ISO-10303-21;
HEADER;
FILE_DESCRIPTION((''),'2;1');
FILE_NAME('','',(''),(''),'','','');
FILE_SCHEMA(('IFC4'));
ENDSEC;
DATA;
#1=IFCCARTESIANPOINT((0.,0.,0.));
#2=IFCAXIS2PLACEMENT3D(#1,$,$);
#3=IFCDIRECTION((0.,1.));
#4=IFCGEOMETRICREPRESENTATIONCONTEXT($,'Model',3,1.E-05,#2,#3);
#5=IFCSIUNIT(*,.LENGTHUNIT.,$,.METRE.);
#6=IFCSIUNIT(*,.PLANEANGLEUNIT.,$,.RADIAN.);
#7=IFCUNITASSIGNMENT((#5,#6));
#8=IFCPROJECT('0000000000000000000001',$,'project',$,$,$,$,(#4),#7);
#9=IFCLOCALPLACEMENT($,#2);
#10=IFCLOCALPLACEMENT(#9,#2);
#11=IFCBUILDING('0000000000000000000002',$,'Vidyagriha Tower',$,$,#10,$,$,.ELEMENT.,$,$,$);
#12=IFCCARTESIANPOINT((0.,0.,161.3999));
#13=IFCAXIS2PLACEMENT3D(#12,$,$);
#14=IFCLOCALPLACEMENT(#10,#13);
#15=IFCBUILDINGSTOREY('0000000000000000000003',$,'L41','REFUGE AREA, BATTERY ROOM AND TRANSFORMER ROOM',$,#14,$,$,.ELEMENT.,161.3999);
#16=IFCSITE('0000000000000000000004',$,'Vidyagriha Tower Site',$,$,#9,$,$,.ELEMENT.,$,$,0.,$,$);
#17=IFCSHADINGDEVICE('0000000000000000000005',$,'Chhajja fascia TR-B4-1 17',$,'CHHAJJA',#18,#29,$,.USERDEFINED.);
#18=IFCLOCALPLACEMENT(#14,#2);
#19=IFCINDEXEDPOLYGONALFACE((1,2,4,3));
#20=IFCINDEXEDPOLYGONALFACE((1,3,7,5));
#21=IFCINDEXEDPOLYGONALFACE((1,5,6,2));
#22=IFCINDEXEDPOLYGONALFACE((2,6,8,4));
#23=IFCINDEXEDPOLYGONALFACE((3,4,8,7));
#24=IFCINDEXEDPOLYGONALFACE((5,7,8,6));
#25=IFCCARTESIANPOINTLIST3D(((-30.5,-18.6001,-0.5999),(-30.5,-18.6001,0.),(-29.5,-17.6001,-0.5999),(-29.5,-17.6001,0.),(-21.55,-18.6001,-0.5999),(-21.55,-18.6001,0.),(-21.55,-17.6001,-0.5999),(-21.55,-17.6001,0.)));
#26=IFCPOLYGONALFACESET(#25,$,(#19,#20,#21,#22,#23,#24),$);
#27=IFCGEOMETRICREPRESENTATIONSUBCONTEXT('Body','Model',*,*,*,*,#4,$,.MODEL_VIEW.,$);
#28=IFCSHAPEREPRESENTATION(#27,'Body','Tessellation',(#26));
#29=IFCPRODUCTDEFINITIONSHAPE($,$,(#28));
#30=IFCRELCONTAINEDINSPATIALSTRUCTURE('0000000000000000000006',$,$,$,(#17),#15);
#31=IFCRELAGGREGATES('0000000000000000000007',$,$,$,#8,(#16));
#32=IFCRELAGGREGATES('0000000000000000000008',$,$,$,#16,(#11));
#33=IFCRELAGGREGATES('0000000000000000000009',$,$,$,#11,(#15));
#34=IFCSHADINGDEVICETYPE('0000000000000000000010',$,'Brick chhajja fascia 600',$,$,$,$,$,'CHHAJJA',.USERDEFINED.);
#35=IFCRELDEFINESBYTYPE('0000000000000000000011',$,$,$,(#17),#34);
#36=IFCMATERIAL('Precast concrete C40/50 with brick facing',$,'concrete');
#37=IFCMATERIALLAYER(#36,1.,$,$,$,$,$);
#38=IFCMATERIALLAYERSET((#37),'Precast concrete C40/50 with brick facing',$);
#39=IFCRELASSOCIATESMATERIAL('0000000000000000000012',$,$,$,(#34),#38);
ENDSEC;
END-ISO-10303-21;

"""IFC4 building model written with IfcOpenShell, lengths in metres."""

from ifc_helpers import new_model, si_unit, direction, frame, origin, place, context, subcontext, project, spatial, polyline, outline, extrude, material, layer, layer_set, type_object, element, save


model = new_model("IFC4")

# Units and contexts
model_context = context("Model", 3, precision=1e-05, world=origin(), true_north=direction((0.0, 1.0)))
body_context = subcontext(model_context, "Body", "Model", "MODEL_VIEW")
ifc_project = project(units=[si_unit("LENGTHUNIT", "METRE"), si_unit("PLANEANGLEUNIT", "RADIAN")], contexts=[model_context])

# Site, building, storey
site_placement = place(None, origin())
site = spatial("IfcSite", under=ifc_project, at=site_placement, Name="Vidyagriha Tower Site", CompositionType="ELEMENT", RefElevation=0.0)
building_placement = place(site_placement, origin())
building = spatial("IfcBuilding", under=site, at=building_placement, Name="Vidyagriha Tower", CompositionType="ELEMENT")
storey_placement = place(building_placement, frame((0.0, 0.0, 161.3999)))
storey = spatial("IfcBuildingStorey", under=building, at=storey_placement, Name="L41", Description="REFUGE AREA, BATTERY ROOM AND TRANSFORMER ROOM", CompositionType="ELEMENT", Elevation=161.3999)

# Shading device
ifc_material_1 = material(Name="Precast concrete C40/50 with brick facing", Category="concrete")
ifc_layer_1 = layer(ifc_material_1, 1.0)
ifc_layer_set_1 = layer_set([ifc_layer_1], Name="Precast concrete C40/50 with brick facing")
shading_device_type = type_object("IfcShadingDeviceType", Name="Brick chhajja fascia 600", ElementType="CHHAJJA", PredefinedType="USERDEFINED", material=ifc_layer_set_1)
shading_device_1_placement = place(storey_placement, frame((0.0, 0.0, -0.5999)))
element("IfcShadingDevice", 1, at=shading_device_1_placement, inside=storey, type_object=shading_device_type, Name="Chhajja fascia TR-B4-1 17", ObjectType="CHHAJJA", PredefinedType="USERDEFINED", context=body_context, shape_type="SweptSolid", body=[
    extrude(outline(polyline([(-29.5, -17.6001), (-30.5, -18.6001), (-21.55, -18.6001), (-21.55, -17.6001), (-29.5, -17.6001)])), origin(), (0.0, 0.0, 1.0), 0.5999),
])

save(model, "model.ifc")
